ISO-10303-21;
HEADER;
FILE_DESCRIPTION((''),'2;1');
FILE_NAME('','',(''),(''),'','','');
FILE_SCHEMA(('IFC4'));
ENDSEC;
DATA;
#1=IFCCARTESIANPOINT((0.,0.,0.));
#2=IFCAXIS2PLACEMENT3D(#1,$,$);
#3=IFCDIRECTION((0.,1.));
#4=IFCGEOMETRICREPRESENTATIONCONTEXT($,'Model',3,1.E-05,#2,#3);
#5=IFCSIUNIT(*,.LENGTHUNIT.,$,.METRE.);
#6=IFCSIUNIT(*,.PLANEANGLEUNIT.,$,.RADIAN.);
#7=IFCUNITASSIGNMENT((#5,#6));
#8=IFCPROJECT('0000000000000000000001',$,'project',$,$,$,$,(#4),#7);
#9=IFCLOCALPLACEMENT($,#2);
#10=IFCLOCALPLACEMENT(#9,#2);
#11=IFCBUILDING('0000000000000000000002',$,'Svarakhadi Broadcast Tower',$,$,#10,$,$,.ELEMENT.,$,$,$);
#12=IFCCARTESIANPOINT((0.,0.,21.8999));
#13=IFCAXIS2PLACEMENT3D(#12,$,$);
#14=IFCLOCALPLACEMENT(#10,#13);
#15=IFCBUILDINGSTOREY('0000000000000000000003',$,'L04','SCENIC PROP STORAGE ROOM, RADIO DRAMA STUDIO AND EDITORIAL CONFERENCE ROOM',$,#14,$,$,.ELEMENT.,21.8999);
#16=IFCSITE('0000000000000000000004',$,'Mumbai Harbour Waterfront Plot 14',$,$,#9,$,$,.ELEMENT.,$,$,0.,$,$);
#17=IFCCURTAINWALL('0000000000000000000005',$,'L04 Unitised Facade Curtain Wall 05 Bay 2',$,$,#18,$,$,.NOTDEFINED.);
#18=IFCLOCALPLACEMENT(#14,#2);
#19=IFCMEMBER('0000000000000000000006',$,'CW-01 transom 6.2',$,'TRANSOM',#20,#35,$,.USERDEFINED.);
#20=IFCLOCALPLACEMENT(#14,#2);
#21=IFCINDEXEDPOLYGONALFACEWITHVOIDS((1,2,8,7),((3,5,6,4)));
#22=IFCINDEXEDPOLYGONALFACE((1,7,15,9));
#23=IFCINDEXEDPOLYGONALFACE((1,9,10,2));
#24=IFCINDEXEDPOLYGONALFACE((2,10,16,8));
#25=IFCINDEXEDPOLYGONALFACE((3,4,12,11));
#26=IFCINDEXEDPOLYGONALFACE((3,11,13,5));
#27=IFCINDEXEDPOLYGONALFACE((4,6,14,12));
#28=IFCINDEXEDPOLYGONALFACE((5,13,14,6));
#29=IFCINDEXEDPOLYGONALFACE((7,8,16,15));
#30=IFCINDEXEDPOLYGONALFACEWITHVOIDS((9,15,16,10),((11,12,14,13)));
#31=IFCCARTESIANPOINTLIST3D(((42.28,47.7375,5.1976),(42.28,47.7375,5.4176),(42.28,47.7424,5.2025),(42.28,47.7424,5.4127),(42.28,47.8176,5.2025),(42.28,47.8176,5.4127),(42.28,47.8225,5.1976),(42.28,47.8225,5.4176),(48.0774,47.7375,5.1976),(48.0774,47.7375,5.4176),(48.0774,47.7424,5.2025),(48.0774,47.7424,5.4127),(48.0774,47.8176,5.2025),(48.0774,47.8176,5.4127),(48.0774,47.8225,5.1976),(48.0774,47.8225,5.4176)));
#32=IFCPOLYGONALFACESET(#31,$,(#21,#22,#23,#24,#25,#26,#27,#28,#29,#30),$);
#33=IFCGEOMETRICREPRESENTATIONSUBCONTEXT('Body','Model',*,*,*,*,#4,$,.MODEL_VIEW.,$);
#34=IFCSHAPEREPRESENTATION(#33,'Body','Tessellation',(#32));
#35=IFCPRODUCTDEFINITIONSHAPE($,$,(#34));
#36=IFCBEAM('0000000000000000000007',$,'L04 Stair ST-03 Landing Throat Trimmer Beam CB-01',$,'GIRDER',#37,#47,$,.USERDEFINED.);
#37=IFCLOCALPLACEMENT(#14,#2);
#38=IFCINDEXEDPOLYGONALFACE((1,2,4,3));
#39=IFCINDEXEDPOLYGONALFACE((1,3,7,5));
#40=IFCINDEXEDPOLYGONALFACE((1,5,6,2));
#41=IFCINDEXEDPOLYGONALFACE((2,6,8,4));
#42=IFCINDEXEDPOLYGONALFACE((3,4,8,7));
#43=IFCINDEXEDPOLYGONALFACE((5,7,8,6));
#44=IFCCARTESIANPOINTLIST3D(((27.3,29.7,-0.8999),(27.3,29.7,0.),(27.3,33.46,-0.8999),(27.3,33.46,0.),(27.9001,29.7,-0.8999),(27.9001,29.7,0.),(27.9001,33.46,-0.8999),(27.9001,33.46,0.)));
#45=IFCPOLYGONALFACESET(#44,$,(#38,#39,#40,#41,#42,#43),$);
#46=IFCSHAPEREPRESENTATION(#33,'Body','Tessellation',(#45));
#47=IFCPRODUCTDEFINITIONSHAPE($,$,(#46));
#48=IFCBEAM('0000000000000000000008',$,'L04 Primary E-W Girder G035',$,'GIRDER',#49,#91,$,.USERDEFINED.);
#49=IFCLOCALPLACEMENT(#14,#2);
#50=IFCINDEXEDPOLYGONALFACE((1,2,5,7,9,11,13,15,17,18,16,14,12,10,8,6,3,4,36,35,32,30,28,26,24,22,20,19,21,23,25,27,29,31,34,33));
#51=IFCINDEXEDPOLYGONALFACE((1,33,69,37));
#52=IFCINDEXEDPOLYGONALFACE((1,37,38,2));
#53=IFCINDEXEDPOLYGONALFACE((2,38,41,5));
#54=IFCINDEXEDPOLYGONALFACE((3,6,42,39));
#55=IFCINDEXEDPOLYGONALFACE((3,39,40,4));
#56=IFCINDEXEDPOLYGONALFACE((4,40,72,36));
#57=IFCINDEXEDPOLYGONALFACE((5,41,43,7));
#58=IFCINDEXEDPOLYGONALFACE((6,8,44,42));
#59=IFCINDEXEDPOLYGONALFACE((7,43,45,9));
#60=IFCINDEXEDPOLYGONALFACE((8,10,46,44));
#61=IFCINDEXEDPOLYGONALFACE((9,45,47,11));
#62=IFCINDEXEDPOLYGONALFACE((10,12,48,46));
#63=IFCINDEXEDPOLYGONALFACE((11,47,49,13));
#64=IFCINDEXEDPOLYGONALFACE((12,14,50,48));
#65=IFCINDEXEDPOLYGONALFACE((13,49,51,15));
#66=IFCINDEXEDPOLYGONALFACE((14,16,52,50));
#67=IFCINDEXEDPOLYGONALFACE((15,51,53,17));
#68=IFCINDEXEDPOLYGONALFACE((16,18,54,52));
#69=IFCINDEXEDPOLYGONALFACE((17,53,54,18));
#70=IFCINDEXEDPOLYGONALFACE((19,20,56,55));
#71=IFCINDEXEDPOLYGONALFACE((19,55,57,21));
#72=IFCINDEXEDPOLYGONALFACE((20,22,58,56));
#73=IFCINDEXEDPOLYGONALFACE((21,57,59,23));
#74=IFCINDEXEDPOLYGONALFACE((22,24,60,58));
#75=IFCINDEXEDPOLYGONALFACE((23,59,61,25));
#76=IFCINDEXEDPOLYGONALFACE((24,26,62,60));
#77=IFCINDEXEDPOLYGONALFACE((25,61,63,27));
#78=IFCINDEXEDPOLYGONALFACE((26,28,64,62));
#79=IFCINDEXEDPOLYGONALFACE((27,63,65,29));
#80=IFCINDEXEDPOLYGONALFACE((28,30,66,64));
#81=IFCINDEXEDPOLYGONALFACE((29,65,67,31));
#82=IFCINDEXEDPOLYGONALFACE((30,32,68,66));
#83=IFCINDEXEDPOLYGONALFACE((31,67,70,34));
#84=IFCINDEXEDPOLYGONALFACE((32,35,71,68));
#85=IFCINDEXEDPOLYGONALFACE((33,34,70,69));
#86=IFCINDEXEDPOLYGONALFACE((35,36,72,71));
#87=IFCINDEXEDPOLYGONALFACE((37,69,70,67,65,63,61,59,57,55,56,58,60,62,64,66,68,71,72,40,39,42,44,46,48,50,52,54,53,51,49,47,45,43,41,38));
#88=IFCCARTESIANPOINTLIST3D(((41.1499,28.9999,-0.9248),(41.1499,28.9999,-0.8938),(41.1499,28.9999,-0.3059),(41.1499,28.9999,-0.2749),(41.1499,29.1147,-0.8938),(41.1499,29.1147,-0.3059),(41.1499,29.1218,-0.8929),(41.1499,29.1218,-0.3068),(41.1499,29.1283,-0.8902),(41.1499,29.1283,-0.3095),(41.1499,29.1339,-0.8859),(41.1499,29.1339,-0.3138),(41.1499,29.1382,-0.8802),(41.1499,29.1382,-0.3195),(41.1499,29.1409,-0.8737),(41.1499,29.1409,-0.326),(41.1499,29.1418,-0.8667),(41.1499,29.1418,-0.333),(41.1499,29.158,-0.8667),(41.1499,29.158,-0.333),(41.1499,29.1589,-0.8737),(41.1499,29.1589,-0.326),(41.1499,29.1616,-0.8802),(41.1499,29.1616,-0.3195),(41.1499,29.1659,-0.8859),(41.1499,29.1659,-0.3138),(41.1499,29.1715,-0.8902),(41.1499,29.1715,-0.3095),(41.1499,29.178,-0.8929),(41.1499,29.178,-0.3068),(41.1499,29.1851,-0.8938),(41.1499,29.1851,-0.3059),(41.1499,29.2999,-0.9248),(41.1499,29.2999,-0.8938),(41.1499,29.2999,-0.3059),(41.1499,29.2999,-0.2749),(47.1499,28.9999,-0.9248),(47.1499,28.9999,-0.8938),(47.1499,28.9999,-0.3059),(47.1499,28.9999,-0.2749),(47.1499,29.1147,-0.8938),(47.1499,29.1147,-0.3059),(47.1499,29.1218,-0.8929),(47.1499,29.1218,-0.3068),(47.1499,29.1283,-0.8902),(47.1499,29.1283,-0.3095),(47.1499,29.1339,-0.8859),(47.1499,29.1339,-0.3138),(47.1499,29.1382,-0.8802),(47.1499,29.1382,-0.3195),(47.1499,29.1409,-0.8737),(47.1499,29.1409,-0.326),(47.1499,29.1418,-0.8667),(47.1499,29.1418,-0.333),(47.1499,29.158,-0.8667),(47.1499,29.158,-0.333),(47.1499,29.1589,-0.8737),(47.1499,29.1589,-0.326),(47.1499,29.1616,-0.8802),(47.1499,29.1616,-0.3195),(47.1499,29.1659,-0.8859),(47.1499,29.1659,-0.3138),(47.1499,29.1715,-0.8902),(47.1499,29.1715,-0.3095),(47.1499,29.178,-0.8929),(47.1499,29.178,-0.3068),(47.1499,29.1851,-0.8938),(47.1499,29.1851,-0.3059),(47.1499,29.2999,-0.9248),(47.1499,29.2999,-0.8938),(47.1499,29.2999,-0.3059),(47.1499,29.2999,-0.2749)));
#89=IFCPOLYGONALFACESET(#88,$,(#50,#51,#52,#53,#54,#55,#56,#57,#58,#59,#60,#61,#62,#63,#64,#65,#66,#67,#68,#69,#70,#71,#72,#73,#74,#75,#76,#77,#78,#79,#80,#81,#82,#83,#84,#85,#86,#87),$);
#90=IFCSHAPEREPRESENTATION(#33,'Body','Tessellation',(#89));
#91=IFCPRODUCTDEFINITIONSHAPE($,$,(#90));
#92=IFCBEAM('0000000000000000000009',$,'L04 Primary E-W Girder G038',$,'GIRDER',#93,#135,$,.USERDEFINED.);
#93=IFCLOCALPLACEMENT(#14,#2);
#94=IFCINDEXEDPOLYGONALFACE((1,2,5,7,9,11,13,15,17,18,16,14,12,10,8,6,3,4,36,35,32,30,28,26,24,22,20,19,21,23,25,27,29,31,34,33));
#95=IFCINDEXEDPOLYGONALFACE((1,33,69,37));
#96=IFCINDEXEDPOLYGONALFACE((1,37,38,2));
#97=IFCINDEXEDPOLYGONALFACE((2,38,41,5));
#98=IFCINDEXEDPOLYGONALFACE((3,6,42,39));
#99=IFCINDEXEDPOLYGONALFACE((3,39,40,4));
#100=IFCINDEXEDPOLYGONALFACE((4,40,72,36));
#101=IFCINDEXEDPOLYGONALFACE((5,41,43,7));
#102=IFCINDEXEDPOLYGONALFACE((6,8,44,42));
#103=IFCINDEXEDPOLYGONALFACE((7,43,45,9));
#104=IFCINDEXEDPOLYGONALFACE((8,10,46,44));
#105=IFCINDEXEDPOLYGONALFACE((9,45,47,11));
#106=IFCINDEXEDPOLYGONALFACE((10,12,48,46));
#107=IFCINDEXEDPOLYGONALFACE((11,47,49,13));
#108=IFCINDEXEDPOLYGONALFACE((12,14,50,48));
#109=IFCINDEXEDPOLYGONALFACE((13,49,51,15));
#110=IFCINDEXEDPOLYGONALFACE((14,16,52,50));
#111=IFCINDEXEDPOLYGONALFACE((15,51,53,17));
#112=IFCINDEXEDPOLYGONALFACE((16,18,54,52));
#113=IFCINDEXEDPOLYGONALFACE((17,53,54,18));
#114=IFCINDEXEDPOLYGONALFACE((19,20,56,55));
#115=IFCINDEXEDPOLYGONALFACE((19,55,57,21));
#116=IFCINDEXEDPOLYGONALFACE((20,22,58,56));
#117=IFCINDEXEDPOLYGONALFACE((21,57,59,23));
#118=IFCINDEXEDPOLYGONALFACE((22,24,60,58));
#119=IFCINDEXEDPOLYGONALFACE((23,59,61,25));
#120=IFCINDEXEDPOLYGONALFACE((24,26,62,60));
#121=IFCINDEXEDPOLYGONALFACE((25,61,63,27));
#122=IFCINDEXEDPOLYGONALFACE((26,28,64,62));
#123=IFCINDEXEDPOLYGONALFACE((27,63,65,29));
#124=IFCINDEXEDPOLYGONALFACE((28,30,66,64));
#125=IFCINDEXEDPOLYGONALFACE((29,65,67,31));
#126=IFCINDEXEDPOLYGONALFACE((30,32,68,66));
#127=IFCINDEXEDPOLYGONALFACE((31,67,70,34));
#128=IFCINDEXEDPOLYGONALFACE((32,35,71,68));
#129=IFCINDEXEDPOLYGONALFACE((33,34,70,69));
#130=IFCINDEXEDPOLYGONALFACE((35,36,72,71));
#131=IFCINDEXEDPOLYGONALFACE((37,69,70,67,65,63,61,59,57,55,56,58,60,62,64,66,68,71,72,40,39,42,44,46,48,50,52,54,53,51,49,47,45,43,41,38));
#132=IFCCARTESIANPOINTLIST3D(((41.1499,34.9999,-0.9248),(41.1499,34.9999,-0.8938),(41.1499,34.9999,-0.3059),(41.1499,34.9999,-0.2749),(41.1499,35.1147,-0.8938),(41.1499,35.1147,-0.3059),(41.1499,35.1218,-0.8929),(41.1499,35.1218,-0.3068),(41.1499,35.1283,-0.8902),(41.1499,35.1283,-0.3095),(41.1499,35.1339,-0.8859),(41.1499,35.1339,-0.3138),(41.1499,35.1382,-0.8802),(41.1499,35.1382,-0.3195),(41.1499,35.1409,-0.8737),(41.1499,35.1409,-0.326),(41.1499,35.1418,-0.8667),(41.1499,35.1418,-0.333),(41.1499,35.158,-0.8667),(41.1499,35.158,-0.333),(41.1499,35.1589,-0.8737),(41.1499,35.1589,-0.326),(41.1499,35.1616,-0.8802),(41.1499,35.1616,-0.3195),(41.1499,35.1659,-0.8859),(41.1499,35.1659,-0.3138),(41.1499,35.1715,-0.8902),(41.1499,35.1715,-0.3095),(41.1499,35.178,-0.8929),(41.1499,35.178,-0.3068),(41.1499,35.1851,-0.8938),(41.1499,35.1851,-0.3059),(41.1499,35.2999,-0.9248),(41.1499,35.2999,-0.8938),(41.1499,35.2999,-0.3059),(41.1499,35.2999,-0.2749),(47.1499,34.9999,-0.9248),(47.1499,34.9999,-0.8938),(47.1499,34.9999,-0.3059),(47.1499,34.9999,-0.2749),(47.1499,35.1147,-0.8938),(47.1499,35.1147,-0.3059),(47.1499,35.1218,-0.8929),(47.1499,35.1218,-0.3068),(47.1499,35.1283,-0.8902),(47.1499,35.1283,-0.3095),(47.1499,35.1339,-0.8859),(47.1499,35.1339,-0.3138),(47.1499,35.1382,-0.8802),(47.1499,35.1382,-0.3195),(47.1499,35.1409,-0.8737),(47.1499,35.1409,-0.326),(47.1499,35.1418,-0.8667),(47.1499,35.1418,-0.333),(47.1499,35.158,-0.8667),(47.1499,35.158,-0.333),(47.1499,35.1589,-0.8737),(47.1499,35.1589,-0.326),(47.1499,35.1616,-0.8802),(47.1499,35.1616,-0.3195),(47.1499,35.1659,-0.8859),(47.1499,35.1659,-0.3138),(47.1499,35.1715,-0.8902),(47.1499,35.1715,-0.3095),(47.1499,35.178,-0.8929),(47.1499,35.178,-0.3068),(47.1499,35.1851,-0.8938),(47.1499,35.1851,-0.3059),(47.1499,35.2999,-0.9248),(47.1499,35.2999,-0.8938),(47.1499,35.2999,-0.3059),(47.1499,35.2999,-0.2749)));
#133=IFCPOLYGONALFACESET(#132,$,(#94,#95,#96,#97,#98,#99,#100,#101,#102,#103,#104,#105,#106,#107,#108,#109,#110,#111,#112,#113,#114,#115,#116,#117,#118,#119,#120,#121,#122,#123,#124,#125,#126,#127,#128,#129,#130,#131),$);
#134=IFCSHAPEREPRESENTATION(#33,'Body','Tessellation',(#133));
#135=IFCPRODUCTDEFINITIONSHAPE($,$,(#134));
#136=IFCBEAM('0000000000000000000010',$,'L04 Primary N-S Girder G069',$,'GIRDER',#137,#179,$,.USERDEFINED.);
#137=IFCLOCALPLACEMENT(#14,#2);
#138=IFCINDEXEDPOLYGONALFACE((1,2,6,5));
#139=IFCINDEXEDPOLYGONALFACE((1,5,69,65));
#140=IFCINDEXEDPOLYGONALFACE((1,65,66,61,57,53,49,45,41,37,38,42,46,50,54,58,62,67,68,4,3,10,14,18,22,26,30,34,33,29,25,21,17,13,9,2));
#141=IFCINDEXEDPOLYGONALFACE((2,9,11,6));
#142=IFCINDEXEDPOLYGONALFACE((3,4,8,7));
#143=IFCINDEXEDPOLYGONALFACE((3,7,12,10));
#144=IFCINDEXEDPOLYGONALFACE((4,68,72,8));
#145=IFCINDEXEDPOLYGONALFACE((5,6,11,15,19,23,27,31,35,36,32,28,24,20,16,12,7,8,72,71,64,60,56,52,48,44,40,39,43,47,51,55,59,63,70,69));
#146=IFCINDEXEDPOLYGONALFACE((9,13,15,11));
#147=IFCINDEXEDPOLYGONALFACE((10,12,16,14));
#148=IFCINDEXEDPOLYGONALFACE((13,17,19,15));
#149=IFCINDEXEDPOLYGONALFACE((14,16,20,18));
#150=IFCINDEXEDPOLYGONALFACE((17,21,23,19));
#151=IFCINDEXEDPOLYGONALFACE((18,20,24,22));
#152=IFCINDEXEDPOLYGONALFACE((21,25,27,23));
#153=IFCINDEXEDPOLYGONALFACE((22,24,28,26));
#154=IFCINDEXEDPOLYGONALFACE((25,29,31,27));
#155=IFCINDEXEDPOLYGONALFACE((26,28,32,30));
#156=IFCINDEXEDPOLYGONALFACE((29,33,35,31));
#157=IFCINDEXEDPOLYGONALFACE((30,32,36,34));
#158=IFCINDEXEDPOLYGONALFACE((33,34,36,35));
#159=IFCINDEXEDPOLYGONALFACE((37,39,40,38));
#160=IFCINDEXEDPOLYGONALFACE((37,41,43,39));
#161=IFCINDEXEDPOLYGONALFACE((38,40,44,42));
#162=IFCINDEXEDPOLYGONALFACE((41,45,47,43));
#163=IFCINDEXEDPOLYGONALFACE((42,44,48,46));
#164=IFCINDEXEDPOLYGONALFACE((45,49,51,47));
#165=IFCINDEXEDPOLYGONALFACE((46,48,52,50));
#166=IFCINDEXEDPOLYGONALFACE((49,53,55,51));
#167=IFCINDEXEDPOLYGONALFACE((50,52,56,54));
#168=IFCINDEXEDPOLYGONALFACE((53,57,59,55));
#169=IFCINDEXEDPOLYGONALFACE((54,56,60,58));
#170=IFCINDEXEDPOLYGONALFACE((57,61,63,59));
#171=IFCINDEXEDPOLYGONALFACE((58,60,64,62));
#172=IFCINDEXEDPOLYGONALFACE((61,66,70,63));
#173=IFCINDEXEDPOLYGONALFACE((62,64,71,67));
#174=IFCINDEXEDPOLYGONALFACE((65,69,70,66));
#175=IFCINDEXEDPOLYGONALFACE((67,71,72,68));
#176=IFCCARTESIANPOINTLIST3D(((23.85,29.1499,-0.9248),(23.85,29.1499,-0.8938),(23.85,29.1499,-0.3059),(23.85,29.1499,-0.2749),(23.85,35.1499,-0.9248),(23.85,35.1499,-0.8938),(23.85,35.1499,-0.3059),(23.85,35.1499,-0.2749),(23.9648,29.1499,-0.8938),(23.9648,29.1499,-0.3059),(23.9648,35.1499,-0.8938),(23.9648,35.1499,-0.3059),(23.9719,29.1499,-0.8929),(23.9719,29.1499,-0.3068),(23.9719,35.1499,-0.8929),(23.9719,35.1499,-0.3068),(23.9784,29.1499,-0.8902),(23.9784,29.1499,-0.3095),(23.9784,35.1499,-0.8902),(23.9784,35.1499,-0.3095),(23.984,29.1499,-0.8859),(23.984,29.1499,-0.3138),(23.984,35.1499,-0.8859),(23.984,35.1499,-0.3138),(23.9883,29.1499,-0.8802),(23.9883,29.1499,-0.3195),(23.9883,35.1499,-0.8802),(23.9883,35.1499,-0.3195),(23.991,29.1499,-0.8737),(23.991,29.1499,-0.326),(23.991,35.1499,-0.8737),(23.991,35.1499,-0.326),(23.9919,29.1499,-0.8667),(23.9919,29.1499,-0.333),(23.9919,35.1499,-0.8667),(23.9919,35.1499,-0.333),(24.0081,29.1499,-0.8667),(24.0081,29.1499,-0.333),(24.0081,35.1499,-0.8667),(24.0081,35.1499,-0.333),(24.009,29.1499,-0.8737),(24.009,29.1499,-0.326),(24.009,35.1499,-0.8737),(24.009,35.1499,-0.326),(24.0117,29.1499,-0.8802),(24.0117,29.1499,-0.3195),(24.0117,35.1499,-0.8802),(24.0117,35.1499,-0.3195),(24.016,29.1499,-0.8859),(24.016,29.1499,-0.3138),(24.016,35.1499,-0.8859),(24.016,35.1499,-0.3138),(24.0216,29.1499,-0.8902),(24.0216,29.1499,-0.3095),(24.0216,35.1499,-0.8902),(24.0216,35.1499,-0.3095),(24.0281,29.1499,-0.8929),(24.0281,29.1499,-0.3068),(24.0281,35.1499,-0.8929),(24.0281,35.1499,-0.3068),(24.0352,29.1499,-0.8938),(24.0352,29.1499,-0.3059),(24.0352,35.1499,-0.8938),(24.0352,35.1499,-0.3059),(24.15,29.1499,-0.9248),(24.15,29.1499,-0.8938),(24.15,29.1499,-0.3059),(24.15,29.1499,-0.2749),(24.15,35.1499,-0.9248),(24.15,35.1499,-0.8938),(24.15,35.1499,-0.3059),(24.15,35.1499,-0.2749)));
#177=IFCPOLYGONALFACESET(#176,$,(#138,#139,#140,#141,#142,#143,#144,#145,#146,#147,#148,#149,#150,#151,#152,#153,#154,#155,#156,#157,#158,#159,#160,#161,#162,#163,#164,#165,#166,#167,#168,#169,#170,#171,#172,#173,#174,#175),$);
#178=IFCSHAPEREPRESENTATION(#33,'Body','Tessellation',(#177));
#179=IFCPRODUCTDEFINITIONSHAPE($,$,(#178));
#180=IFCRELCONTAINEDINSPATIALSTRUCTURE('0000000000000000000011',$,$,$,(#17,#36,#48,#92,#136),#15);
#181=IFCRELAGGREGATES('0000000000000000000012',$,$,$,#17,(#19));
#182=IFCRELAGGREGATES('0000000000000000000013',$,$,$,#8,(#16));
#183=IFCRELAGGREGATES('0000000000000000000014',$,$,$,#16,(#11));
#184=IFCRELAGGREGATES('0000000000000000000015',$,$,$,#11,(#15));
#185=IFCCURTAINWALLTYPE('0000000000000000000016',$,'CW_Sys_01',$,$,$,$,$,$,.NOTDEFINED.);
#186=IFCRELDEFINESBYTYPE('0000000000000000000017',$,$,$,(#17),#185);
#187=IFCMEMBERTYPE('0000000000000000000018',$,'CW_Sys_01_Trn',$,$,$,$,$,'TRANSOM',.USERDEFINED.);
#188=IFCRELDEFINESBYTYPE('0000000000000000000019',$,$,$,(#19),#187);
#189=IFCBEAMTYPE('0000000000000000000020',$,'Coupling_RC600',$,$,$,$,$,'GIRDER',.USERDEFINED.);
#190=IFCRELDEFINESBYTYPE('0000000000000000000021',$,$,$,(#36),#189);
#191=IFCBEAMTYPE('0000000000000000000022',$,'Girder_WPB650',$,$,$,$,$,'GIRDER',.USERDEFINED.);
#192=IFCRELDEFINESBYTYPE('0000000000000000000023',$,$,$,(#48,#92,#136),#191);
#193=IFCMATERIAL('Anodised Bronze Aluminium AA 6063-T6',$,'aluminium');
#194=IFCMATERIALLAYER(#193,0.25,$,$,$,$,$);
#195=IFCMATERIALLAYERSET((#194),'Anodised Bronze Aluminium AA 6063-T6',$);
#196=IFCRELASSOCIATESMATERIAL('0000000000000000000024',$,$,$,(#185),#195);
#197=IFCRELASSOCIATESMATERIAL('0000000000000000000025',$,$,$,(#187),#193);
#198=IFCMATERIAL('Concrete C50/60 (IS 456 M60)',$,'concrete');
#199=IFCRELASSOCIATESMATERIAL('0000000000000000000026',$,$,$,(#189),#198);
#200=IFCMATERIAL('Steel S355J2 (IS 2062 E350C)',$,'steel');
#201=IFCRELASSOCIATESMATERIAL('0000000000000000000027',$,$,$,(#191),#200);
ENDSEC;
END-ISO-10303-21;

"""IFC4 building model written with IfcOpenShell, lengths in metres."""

from ifc_helpers import new_model, si_unit, direction, frame, origin, origin_2d, place, context, subcontext, project, spatial, rectangle, hollow_rectangle, i_section, extrude, material, layer, layer_set, material_profile, profile_set, type_object, element, aggregate, save


model = new_model("IFC4")

# Units and contexts
model_context = context("Model", 3, precision=1e-05, world=origin(), true_north=direction((0.0, 1.0)))
body_context = subcontext(model_context, "Body", "Model", "MODEL_VIEW")
ifc_project = project(units=[si_unit("LENGTHUNIT", "METRE"), si_unit("PLANEANGLEUNIT", "RADIAN")], contexts=[model_context])

# Site, building, storey
site_placement = place(None, origin())
site = spatial("IfcSite", under=ifc_project, at=site_placement, Name="Mumbai Harbour Waterfront Plot 14", CompositionType="ELEMENT", RefElevation=0.0)
building_placement = place(site_placement, origin())
building = spatial("IfcBuilding", under=site, at=building_placement, Name="Svarakhadi Broadcast Tower", CompositionType="ELEMENT")
storey_placement = place(building_placement, frame((0.0, 0.0, 21.8999)))
storey = spatial("IfcBuildingStorey", under=building, at=storey_placement, Name="L04", Description="SCENIC PROP STORAGE ROOM, RADIO DRAMA STUDIO AND EDITORIAL CONFERENCE ROOM", CompositionType="ELEMENT", Elevation=21.8999)

# Shared definitions
ifc_material_1 = material(Name="Steel S355J2 (IS 2062 E350C)", Category="steel")

# Curtain wall, member
ifc_material_2 = material(Name="Anodised Bronze Aluminium AA 6063-T6", Category="aluminium")
ifc_layer_1 = layer(ifc_material_2, 0.25)
ifc_layer_set_1 = layer_set([ifc_layer_1], Name="Anodised Bronze Aluminium AA 6063-T6")
curtain_wall_type = type_object("IfcCurtainWallType", Name="CW_Sys_01", PredefinedType="NOTDEFINED", material=ifc_layer_set_1)
curtain_wall_placement = place(storey_placement, origin())
curtain_wall = element("IfcCurtainWall", 1, at=curtain_wall_placement, inside=storey, type_object=curtain_wall_type, Name="L04 Unitised Facade Curtain Wall 05 Bay 2", PredefinedType="NOTDEFINED")
ifc_material_profile_1 = material_profile(ifc_material_2, hollow_rectangle(XDim=0.085, YDim=0.22, WallThickness=0.0049, at=origin_2d()), Name="ALU TRANSOM 220x85x5")
ifc_profile_set_1 = profile_set([ifc_material_profile_1], Name="Anodised Bronze Aluminium AA 6063-T6")
member_type_1 = type_object("IfcMemberType", Name="CW_Sys_01_Trn", ElementType="TRANSOM", PredefinedType="USERDEFINED", material=ifc_profile_set_1)
member_1_placement = place(storey_placement, frame((42.28, 47.78, 5.3076), z_axis=(1.0, 0.0, 0.0), x_axis=(0.0, 1.0, 0.0)))
member_1 = element("IfcMember", 2, at=member_1_placement, type_object=member_type_1, Name="CW-01 transom 6.2", ObjectType="TRANSOM", PredefinedType="USERDEFINED", context=body_context, shape_type="SweptSolid", body=[
    extrude(hollow_rectangle(XDim=0.085, YDim=0.22, WallThickness=0.0049, at=origin_2d()), origin(), (0.0, 0.0, 1.0), 5.7974),
])

# Beams
ifc_material_3 = material(Name="Concrete C50/60 (IS 456 M60)", Category="concrete")
ifc_material_profile_2 = material_profile(ifc_material_3, rectangle(XDim=0.6001, YDim=0.8999, at=origin_2d()), Name="RC 600x900")
ifc_profile_set_2 = profile_set([ifc_material_profile_2], Name="Concrete C50/60 (IS 456 M60)")
beam_type_1 = type_object("IfcBeamType", Name="Coupling_RC600", ElementType="GIRDER", PredefinedType="USERDEFINED", material=ifc_profile_set_2)
beam_placement = place(storey_placement, frame((27.6001, 29.7, -0.45), z_axis=(0.0, 1.0, 0.0), x_axis=(-1.0, 0.0, 0.0)))
element("IfcBeam", 3, at=beam_placement, inside=storey, type_object=beam_type_1, Name="L04 Stair ST-03 Landing Throat Trimmer Beam CB-01", ObjectType="GIRDER", PredefinedType="USERDEFINED", context=body_context, shape_type="SweptSolid", body=[
    extrude(rectangle(XDim=0.6001, YDim=0.8999, at=origin_2d()), origin(), (0.0, 0.0, 1.0), 3.76),
])
ifc_material_profile_3 = material_profile(ifc_material_1, i_section(OverallWidth=0.3, OverallDepth=0.6499, WebThickness=0.0161, FlangeThickness=0.031, FilletRadius=0.0271, at=origin_2d()), Name="WPB 650x300x225")
ifc_profile_set_3 = profile_set([ifc_material_profile_3], Name="Steel S355J2 (IS 2062 E350C)")
beam_type_2 = type_object("IfcBeamType", Name="Girder_WPB650", ElementType="GIRDER", PredefinedType="USERDEFINED", material=ifc_profile_set_3)
for number, where, z_axis, x_axis, name in (
    (4, (41.1499, 29.1499, -0.5999), (1.0, 0.0, 0.0), (0.0, 1.0, 0.0), "L04 Primary E-W Girder G035"),
    (5, (41.1499, 35.1499, -0.5999), (1.0, 0.0, 0.0), (0.0, 1.0, 0.0), "L04 Primary E-W Girder G038"),
    (6, (24.0, 29.1499, -0.5999), (0.0, 1.0, 0.0), (-1.0, 0.0, 0.0), "L04 Primary N-S Girder G069"),
):
    element("IfcBeam", number, at=place(storey_placement, frame(where, z_axis=z_axis, x_axis=x_axis)), inside=storey, type_object=beam_type_2, Name=name, ObjectType="GIRDER", PredefinedType="USERDEFINED", context=body_context, shape_type="SweptSolid", body=[
        extrude(i_section(OverallWidth=0.3, OverallDepth=0.6499, WebThickness=0.0161, FlangeThickness=0.031, FilletRadius=0.0271, at=origin_2d()), origin(), (0.0, 0.0, 1.0), 6.0),
    ])

aggregate(curtain_wall, [member_1])

save(model, "model.ifc")
